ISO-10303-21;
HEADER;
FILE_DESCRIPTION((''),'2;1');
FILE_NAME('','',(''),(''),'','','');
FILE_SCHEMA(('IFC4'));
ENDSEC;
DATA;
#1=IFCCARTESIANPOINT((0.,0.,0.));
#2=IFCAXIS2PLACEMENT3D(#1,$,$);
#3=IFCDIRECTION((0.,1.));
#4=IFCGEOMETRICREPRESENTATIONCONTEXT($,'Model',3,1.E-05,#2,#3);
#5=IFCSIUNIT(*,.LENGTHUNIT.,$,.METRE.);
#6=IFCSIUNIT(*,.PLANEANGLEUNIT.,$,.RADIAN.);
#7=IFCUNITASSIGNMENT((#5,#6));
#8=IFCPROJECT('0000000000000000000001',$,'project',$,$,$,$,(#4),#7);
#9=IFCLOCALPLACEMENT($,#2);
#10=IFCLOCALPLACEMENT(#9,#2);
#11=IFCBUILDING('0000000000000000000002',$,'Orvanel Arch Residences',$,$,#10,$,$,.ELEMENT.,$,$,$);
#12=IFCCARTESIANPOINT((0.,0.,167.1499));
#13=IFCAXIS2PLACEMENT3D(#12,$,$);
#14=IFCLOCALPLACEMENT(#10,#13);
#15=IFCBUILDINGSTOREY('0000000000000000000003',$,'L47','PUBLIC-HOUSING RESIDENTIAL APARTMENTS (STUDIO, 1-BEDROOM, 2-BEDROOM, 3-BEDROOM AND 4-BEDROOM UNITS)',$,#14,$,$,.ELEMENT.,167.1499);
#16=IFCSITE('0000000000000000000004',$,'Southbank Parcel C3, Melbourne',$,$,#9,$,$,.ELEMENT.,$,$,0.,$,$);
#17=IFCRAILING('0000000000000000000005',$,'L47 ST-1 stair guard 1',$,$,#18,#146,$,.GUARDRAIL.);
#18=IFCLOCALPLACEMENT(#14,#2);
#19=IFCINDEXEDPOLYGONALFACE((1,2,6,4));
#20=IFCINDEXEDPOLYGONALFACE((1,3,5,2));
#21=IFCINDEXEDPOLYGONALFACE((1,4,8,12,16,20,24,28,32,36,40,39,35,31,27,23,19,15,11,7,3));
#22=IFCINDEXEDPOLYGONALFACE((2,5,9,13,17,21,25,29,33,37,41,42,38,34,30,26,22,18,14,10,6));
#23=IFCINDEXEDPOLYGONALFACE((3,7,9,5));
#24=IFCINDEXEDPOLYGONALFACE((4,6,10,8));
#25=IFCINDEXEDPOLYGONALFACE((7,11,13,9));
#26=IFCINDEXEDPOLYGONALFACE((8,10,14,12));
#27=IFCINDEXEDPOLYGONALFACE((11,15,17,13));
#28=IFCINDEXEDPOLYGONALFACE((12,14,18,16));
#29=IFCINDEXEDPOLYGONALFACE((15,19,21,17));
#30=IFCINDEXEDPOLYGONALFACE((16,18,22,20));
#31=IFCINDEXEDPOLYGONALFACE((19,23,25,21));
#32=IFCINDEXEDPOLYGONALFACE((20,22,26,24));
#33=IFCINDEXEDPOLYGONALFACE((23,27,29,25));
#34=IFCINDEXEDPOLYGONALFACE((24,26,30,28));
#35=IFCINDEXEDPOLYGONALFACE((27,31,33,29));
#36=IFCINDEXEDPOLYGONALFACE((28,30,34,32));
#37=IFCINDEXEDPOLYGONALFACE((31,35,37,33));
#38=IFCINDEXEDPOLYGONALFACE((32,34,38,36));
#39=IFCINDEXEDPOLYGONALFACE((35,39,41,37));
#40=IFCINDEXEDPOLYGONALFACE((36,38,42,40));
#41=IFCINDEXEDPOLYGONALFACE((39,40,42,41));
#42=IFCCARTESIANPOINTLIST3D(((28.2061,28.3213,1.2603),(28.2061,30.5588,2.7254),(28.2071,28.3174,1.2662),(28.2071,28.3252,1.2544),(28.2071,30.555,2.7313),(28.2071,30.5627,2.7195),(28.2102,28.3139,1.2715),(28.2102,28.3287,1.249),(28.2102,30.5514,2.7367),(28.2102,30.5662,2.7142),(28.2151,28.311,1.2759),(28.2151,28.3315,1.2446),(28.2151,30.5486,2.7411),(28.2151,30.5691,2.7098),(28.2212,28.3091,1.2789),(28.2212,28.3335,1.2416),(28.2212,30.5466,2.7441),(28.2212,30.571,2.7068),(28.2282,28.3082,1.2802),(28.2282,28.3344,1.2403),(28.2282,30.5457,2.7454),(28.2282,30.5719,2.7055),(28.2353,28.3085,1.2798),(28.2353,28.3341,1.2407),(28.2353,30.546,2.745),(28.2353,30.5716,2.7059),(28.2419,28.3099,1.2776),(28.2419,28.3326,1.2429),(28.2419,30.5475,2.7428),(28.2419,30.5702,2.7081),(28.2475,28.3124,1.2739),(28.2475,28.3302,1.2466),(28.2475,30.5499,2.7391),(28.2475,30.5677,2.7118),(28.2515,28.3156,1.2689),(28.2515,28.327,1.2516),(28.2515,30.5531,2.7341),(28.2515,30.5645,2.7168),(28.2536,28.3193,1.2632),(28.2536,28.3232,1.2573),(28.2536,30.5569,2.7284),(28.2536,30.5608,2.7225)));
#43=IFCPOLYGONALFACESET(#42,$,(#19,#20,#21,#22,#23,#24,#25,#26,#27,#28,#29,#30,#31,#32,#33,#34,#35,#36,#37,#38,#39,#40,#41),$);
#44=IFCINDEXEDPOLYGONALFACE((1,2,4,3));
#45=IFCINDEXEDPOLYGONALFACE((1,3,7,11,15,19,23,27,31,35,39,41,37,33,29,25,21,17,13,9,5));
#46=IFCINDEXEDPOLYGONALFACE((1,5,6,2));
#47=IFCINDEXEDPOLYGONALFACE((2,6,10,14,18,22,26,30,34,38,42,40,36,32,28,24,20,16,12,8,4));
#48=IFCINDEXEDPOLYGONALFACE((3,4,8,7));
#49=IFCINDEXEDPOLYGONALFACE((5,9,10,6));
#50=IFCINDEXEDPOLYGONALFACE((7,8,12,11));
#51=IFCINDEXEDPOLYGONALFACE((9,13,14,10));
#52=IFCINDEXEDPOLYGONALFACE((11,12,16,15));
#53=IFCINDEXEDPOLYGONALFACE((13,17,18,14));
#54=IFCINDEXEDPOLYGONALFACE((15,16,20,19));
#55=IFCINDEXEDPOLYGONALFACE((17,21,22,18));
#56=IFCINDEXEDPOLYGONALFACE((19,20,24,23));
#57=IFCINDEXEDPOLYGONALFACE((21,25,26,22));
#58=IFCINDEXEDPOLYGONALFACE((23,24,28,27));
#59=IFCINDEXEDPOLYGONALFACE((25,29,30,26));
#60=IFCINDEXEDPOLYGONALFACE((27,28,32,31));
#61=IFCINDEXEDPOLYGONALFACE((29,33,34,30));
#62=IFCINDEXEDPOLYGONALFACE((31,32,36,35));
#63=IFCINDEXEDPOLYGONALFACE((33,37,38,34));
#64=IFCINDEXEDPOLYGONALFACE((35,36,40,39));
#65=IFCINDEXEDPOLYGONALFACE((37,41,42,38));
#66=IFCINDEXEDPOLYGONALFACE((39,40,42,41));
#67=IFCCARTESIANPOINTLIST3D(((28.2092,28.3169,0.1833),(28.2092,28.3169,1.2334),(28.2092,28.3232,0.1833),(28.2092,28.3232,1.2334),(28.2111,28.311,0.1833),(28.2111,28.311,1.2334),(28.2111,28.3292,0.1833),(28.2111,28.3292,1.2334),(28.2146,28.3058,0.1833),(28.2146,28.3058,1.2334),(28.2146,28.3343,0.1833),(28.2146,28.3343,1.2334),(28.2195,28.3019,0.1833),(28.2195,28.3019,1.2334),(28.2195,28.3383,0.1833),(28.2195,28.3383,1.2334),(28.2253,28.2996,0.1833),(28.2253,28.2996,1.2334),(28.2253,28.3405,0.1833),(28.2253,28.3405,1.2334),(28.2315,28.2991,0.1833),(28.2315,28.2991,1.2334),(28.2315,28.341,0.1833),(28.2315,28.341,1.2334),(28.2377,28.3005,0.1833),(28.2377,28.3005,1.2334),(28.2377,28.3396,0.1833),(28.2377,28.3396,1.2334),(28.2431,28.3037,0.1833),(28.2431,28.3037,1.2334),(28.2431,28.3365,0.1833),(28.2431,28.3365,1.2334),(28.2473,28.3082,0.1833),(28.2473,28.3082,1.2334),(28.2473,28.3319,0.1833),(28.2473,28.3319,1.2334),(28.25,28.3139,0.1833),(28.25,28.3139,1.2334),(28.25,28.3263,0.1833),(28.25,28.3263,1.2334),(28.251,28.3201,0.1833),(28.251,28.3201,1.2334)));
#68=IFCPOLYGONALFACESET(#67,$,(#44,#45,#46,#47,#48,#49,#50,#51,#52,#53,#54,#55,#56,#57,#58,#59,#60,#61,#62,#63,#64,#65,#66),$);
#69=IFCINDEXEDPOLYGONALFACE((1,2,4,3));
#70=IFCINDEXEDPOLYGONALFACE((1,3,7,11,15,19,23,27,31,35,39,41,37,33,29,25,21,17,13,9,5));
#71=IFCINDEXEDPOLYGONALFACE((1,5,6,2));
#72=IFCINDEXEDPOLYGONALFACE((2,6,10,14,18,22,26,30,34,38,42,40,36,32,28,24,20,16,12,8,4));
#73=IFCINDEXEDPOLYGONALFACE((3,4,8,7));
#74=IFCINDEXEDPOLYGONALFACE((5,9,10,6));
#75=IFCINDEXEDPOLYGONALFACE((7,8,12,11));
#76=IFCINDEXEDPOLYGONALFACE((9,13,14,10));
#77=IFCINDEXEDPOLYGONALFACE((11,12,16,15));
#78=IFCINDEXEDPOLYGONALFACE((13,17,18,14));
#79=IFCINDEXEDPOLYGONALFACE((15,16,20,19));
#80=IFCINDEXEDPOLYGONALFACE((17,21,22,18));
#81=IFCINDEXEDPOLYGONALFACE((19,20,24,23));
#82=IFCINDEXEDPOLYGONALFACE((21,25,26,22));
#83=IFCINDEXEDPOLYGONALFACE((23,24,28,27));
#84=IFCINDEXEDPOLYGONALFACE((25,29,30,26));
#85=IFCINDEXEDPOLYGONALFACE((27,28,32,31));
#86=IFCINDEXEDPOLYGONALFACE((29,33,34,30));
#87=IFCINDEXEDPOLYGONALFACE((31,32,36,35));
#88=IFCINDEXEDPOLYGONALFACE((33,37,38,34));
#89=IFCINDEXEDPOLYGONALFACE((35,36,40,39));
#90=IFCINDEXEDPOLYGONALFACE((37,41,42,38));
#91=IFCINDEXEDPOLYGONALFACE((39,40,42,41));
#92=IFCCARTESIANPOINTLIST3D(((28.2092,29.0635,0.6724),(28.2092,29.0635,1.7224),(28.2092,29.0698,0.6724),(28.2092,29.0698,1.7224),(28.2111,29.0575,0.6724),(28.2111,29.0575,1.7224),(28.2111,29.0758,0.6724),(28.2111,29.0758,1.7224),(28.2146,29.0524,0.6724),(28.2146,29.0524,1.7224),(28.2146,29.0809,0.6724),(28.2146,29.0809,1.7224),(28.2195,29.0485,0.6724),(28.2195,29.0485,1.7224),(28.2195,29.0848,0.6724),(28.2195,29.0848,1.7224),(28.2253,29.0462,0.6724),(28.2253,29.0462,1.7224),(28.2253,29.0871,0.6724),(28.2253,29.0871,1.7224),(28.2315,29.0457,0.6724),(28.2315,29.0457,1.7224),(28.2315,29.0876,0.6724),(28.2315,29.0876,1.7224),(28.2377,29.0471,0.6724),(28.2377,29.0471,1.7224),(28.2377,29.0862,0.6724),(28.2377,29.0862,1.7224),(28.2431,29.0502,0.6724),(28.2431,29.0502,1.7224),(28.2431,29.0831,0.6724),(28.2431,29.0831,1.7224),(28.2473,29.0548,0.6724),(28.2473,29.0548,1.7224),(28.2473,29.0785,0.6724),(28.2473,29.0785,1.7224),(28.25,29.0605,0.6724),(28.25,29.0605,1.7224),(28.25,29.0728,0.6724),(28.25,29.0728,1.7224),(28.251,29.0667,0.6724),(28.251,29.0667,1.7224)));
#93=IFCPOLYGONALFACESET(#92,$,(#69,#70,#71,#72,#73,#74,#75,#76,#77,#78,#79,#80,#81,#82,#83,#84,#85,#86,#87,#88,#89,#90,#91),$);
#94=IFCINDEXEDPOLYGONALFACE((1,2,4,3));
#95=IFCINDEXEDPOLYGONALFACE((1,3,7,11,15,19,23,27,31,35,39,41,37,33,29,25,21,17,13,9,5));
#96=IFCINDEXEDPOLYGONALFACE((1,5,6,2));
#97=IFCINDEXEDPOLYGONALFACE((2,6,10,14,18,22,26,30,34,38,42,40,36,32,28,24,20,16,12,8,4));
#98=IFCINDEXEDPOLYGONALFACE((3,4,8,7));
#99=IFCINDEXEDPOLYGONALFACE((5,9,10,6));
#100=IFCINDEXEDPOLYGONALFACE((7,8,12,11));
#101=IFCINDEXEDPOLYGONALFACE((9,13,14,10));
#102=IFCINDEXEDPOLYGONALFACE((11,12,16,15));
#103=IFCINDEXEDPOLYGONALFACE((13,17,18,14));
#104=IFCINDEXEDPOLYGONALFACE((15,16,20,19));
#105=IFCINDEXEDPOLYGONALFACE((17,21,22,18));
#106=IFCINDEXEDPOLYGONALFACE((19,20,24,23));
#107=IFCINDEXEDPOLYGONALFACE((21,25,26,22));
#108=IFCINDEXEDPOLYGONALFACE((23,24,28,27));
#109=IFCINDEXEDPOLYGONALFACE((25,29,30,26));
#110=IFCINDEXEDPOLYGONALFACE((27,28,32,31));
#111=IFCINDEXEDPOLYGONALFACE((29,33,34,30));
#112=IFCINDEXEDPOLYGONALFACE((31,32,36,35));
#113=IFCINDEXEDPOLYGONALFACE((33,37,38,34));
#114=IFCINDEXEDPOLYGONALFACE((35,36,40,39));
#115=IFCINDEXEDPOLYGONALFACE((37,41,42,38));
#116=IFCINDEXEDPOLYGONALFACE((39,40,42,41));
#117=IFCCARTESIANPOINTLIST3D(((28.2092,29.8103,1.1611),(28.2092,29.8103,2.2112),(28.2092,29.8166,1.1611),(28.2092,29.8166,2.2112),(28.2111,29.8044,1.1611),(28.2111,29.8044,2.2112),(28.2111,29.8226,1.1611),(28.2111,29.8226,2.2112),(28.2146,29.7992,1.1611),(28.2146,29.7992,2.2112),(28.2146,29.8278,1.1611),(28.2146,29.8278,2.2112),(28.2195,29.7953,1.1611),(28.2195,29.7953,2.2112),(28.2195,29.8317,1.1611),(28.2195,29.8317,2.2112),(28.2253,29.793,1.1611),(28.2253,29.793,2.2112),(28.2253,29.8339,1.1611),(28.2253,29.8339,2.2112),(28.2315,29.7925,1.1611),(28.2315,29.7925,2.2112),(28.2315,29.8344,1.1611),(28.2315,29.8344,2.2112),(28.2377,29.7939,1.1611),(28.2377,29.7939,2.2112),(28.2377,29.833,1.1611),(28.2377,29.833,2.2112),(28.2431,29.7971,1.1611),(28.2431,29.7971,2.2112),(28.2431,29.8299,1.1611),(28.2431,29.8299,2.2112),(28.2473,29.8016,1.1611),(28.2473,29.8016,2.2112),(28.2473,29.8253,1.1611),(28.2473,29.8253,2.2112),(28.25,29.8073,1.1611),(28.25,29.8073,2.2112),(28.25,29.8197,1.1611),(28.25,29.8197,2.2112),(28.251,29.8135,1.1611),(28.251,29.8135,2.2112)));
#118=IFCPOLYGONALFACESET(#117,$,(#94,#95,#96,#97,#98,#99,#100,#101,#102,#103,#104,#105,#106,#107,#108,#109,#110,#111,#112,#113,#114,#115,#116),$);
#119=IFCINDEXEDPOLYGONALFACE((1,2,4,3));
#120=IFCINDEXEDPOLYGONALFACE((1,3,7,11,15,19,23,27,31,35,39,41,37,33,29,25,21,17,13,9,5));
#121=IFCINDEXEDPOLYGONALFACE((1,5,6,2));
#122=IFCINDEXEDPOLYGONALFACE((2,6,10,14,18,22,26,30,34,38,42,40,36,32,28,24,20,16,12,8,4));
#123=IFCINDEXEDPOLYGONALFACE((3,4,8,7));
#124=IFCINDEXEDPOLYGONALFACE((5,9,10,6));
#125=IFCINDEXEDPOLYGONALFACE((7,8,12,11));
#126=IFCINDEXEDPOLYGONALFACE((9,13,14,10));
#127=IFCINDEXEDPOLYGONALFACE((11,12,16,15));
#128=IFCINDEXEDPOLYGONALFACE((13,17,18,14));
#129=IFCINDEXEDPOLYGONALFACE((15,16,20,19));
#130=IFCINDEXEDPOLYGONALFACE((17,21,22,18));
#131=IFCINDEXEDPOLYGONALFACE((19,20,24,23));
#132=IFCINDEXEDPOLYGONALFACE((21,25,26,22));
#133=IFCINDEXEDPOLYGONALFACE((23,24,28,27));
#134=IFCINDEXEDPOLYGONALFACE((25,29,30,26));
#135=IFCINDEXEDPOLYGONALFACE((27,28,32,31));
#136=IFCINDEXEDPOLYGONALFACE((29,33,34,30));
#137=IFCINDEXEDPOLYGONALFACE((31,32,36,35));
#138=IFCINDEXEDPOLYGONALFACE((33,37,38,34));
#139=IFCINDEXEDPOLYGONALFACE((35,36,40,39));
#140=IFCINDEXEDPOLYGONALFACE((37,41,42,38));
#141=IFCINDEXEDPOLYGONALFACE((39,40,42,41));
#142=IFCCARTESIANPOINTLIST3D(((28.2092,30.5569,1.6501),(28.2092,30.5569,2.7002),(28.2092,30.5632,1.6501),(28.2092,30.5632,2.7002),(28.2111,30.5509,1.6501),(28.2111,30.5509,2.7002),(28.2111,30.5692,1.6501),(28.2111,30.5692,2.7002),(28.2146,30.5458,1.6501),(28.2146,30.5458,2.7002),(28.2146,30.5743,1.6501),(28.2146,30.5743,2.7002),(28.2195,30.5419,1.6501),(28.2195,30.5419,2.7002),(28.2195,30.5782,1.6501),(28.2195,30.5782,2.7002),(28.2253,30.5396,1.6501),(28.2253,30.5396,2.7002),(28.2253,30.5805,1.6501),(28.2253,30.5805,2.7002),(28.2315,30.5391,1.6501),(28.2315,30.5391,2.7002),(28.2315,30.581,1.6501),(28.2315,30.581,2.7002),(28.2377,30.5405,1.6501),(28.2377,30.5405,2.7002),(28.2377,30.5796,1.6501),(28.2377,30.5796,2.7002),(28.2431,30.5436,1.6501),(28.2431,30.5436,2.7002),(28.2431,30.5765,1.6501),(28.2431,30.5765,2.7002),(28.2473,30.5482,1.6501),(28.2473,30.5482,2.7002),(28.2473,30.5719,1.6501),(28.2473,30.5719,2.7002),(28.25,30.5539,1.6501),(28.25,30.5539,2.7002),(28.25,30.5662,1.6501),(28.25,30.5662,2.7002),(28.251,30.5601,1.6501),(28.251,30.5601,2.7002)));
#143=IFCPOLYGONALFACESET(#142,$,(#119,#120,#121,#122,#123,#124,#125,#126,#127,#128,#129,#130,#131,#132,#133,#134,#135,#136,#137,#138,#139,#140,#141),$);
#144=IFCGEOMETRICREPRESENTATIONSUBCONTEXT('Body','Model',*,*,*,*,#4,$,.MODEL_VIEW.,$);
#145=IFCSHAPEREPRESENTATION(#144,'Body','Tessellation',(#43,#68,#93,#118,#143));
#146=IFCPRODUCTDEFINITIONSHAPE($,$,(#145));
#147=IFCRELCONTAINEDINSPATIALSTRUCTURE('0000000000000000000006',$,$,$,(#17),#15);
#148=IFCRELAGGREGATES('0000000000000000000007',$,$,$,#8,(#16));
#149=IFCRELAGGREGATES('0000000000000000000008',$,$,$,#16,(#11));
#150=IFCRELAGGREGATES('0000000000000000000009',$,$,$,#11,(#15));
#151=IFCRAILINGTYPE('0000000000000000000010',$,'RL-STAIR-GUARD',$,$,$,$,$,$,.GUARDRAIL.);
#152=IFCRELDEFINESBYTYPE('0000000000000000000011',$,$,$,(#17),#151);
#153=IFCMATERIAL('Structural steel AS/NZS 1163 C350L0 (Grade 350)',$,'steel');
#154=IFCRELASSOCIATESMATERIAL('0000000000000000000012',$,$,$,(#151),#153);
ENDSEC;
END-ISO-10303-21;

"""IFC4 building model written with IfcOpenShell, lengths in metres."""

from ifc_helpers import new_model, si_unit, direction, frame, origin, origin_2d, place, context, subcontext, project, spatial, circle, extrude, material, type_object, element, save


model = new_model("IFC4")

# Units and contexts
model_context = context("Model", 3, precision=1e-05, world=origin(), true_north=direction((0.0, 1.0)))
body_context = subcontext(model_context, "Body", "Model", "MODEL_VIEW")
ifc_project = project(units=[si_unit("LENGTHUNIT", "METRE"), si_unit("PLANEANGLEUNIT", "RADIAN")], contexts=[model_context])

# Site, building, storey
site_placement = place(None, origin())
site = spatial("IfcSite", under=ifc_project, at=site_placement, Name="Southbank Parcel C3, Melbourne", CompositionType="ELEMENT", RefElevation=0.0)
building_placement = place(site_placement, origin())
building = spatial("IfcBuilding", under=site, at=building_placement, Name="Orvanel Arch Residences", CompositionType="ELEMENT")
storey_placement = place(building_placement, frame((0.0, 0.0, 167.1499)))
storey = spatial("IfcBuildingStorey", under=building, at=storey_placement, Name="L47", Description="PUBLIC-HOUSING RESIDENTIAL APARTMENTS (STUDIO, 1-BEDROOM, 2-BEDROOM, 3-BEDROOM AND 4-BEDROOM UNITS)", CompositionType="ELEMENT", Elevation=167.1499)

# Railing
ifc_material_1 = material(Name="Structural steel AS/NZS 1163 C350L0 (Grade 350)", Category="steel")
railing_type_1 = type_object("IfcRailingType", Name="RL-STAIR-GUARD", PredefinedType="GUARDRAIL", material=ifc_material_1)
railing_1_placement = place(storey_placement, frame((28.23, 28.3201, 0.1833)))
element("IfcRailing", 1, at=railing_1_placement, inside=storey, type_object=railing_type_1, Name="L47 ST-1 stair guard 1", PredefinedType="GUARDRAIL", context=body_context, shape_type="SweptSolid", body=[
    extrude(circle(Radius=0.0239, at=origin_2d()), frame((0.0, 0.0012, 1.0769), z_axis=(0.0, 0.836595, 0.547822), x_axis=(-1.0, 0.0, 0.0)), (0.0, 0.0, 1.0), 2.6746),
    extrude(circle(Radius=0.021, at=origin_2d()), origin(), (0.0, 0.0, 1.0), 1.05),
    extrude(circle(Radius=0.021, at=origin_2d()), frame((0.0, 0.7466, 0.489)), (0.0, 0.0, 1.0), 1.05),
    extrude(circle(Radius=0.021, at=origin_2d()), frame((0.0, 1.4934, 0.9778)), (0.0, 0.0, 1.0), 1.05),
    extrude(circle(Radius=0.021, at=origin_2d()), frame((0.0, 2.24, 1.4668)), (0.0, 0.0, 1.0), 1.05),
])

save(model, "model.ifc")
